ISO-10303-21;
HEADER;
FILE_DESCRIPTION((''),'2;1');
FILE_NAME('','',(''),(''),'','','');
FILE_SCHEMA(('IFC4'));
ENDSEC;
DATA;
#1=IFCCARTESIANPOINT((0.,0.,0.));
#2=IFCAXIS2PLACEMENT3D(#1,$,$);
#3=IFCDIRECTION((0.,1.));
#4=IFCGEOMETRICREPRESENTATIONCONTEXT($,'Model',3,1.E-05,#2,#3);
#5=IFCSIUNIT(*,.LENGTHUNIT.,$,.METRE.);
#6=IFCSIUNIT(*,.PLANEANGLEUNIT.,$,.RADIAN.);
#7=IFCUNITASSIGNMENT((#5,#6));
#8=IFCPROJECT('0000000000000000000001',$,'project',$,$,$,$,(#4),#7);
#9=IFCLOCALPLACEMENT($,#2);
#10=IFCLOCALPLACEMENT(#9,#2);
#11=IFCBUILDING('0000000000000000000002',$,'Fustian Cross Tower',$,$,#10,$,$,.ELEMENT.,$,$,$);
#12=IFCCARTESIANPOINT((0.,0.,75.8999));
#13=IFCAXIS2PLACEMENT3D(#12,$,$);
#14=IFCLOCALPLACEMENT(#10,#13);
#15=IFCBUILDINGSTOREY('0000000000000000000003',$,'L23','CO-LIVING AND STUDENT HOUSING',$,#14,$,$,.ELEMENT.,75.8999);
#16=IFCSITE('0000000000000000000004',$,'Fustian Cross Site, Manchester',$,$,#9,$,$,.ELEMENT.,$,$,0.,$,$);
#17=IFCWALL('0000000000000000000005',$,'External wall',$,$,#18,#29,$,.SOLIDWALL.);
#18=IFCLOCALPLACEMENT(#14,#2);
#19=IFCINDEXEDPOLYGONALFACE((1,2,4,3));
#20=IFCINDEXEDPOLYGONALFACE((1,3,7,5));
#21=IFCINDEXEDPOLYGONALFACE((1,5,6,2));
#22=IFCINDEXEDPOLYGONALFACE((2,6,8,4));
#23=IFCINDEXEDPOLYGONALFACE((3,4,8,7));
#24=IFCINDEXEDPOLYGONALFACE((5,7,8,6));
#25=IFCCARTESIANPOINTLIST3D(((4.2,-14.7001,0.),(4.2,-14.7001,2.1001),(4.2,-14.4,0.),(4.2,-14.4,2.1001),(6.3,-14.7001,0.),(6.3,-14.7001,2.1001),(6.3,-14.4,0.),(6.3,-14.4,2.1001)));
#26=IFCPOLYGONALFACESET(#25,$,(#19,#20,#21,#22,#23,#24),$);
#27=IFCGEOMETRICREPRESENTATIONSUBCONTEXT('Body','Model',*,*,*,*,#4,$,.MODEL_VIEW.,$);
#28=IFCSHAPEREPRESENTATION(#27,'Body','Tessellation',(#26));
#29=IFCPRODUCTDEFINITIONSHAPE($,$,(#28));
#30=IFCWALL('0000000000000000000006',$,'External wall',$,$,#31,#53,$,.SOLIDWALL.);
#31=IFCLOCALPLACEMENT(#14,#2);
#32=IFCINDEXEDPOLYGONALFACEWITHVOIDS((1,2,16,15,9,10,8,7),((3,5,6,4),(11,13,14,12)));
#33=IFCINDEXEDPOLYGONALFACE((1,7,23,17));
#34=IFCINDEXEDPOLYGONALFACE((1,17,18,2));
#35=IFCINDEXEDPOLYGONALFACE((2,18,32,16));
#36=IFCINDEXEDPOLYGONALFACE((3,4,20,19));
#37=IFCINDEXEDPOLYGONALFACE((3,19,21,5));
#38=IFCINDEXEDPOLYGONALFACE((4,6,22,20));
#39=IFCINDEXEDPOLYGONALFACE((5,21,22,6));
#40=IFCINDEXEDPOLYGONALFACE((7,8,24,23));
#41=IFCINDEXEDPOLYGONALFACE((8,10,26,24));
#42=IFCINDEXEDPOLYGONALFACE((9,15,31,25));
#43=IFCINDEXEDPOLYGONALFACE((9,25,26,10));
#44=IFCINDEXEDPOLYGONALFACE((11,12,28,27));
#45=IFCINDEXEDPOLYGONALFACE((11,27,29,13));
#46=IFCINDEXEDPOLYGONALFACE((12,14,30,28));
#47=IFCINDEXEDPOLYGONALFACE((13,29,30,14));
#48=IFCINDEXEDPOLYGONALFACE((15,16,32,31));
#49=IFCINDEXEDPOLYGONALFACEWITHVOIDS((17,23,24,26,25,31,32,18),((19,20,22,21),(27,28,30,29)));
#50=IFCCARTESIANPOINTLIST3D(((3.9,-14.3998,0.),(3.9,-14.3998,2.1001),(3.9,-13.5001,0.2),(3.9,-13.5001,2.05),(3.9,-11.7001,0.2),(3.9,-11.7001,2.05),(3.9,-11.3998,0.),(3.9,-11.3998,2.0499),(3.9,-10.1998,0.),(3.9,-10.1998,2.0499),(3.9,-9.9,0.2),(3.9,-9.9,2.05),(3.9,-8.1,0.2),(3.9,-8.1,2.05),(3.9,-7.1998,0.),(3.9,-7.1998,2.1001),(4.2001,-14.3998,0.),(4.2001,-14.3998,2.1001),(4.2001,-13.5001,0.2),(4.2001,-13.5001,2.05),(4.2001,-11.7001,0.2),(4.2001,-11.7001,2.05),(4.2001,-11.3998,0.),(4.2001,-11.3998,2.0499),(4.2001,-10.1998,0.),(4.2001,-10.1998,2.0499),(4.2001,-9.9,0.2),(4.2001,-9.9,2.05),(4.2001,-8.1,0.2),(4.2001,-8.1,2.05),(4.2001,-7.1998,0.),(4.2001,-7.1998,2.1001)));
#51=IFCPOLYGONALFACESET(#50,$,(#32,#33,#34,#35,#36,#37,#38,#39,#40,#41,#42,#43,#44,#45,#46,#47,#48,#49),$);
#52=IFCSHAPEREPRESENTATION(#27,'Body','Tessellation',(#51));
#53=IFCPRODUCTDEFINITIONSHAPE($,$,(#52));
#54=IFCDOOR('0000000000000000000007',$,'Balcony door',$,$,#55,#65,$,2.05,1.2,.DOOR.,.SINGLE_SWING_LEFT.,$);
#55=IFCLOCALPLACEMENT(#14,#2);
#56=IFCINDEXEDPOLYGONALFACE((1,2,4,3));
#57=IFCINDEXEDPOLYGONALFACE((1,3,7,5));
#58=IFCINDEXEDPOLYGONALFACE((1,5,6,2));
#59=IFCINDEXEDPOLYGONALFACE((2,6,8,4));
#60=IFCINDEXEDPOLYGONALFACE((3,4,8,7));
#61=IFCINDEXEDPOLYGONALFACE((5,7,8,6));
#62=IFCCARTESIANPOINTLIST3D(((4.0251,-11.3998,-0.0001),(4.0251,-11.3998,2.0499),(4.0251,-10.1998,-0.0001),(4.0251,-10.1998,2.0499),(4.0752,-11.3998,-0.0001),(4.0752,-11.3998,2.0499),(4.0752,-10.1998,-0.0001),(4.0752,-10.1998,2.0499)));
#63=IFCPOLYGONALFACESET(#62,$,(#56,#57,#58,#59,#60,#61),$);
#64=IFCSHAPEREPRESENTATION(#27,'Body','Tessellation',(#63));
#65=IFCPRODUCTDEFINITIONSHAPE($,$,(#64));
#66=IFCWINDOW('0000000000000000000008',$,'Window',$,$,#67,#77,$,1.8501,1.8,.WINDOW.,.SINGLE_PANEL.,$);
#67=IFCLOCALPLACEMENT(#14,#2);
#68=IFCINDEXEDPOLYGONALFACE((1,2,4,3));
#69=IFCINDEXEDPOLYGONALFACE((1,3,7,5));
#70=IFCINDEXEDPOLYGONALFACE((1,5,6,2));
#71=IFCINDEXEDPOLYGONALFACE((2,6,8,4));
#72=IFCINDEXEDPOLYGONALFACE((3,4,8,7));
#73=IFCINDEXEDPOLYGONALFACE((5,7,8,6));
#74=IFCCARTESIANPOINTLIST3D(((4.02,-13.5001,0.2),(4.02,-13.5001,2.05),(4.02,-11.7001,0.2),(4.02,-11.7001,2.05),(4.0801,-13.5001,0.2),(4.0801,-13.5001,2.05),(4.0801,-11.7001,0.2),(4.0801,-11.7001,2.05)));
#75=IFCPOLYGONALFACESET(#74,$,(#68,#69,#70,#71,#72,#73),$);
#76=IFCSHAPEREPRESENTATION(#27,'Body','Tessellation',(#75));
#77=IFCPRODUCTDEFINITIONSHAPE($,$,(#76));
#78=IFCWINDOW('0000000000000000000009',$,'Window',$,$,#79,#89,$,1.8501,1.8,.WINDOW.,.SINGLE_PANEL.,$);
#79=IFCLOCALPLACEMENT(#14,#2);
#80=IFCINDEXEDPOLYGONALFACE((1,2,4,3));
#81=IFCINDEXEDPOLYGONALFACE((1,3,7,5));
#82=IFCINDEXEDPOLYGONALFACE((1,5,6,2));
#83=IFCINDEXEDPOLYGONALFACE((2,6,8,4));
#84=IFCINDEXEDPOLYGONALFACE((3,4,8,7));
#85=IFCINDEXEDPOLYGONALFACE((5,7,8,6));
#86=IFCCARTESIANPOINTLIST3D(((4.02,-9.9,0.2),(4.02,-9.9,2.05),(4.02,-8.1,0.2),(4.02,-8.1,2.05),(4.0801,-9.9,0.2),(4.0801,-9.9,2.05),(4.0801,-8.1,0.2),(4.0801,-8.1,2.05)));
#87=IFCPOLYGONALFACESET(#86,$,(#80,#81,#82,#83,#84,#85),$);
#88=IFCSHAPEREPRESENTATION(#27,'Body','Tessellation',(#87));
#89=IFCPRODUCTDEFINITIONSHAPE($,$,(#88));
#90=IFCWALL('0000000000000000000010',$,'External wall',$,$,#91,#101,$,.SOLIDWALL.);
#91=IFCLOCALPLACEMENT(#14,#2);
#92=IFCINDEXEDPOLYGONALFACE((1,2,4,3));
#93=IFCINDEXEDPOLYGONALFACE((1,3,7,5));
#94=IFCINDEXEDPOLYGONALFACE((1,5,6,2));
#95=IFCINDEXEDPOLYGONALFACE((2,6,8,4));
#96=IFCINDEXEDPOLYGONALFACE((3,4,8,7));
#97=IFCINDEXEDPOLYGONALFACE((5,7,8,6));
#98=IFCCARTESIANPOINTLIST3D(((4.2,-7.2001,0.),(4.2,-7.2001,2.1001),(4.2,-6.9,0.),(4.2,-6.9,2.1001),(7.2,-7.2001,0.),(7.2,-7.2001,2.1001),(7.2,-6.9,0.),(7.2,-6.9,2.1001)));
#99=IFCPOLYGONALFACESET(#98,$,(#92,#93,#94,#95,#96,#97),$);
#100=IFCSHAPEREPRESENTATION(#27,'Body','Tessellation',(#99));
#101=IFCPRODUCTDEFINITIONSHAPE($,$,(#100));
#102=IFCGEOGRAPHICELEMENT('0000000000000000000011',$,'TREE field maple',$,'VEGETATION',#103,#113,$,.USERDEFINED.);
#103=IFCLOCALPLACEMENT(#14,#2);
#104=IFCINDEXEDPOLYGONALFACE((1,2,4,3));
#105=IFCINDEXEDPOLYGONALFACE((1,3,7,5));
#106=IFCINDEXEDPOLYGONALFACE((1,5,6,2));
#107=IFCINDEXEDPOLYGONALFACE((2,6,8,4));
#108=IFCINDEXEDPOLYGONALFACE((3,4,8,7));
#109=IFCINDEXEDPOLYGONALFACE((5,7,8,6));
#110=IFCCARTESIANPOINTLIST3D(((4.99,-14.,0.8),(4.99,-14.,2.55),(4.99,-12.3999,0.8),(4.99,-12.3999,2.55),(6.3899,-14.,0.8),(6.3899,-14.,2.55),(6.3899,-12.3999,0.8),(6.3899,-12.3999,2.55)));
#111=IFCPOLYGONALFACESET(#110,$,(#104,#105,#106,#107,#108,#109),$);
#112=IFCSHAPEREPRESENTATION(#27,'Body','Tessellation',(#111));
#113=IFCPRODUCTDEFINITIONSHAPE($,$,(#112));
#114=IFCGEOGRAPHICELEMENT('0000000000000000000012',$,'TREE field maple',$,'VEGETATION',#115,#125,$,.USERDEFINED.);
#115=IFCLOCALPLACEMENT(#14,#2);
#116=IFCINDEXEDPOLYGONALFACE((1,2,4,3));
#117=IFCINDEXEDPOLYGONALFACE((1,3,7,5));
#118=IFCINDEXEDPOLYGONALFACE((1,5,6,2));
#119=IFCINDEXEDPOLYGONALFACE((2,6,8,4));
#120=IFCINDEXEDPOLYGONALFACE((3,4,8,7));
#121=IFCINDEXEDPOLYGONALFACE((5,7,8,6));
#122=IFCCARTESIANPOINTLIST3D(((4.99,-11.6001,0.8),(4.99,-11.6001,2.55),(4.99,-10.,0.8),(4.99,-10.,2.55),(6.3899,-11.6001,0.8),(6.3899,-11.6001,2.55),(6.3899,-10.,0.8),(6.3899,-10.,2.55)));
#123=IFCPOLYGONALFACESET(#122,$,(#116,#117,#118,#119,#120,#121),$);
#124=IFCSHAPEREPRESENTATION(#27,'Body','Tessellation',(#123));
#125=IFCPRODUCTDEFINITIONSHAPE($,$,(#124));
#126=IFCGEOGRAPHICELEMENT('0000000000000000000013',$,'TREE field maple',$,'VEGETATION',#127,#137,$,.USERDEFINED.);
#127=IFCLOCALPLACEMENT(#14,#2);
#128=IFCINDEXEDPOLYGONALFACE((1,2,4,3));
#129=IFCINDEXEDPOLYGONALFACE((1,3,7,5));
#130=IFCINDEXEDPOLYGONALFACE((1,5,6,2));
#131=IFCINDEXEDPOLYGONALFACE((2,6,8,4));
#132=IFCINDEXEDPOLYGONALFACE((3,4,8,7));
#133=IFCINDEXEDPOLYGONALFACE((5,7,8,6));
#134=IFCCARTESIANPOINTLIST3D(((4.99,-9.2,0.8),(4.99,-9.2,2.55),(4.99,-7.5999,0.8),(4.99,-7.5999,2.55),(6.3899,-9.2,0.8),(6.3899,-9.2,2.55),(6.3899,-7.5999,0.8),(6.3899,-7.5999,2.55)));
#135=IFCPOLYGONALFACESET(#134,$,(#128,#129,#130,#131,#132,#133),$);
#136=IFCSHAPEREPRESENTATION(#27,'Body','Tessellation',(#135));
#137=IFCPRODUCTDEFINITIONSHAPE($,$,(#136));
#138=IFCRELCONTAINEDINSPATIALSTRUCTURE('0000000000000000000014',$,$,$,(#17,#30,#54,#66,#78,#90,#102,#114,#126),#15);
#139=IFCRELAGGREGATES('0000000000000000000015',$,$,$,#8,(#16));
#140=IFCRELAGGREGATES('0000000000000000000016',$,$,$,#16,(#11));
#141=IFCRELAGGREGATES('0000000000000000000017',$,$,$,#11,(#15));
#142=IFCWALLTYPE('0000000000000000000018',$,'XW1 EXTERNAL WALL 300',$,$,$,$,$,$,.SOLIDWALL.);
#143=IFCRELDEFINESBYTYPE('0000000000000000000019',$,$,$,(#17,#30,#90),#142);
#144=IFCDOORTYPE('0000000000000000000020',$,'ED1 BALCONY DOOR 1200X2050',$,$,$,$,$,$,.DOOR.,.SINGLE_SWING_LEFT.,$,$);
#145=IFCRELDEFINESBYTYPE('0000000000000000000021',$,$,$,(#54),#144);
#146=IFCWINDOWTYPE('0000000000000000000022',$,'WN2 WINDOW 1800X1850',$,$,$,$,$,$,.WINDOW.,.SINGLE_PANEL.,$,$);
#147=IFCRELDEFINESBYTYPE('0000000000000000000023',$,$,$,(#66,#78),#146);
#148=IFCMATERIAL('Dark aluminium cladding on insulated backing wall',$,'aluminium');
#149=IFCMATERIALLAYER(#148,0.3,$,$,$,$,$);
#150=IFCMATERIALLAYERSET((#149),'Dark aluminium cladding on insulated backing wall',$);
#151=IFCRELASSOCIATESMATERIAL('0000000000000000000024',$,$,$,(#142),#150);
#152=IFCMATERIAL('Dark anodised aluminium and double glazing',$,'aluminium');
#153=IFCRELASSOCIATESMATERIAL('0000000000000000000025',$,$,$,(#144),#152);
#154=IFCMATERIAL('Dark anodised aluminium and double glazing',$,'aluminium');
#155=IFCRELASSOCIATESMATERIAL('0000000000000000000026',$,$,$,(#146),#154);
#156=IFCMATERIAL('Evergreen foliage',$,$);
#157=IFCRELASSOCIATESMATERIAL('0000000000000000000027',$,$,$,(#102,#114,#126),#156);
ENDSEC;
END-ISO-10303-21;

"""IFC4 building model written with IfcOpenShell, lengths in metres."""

from ifc_helpers import new_model, si_unit, direction, frame, frame_2d, origin, origin_2d, place, context, subcontext, project, spatial, rectangle, extrude, material, layer, layer_set, type_object, element, fill, save


model = new_model("IFC4")

# Units and contexts
model_context = context("Model", 3, precision=1e-05, world=origin(), true_north=direction((0.0, 1.0)))
body_context = subcontext(model_context, "Body", "Model", "MODEL_VIEW")
ifc_project = project(units=[si_unit("LENGTHUNIT", "METRE"), si_unit("PLANEANGLEUNIT", "RADIAN")], contexts=[model_context])

# Site, building, storey
site_placement = place(None, origin())
site = spatial("IfcSite", under=ifc_project, at=site_placement, Name="Fustian Cross Site, Manchester", CompositionType="ELEMENT", RefElevation=0.0)
building_placement = place(site_placement, origin())
building = spatial("IfcBuilding", under=site, at=building_placement, Name="Fustian Cross Tower", CompositionType="ELEMENT")
storey_placement = place(building_placement, frame((0.0, 0.0, 75.8999)))
storey = spatial("IfcBuildingStorey", under=building, at=storey_placement, Name="L23", Description="CO-LIVING AND STUDENT HOUSING", CompositionType="ELEMENT", Elevation=75.8999)

# Wall
ifc_material_1 = material(Name="Dark aluminium cladding on insulated backing wall", Category="aluminium")
ifc_layer_1 = layer(ifc_material_1, 0.3)
ifc_layer_set_1 = layer_set([ifc_layer_1], Name="Dark aluminium cladding on insulated backing wall")
wall_type_1 = type_object("IfcWallType", Name="XW1 EXTERNAL WALL 300", PredefinedType="SOLIDWALL", material=ifc_layer_set_1)
wall_1_placement = place(storey_placement, frame((6.3, -14.55, 0.0), z_axis=(0.0, 0.0, 1.0), x_axis=(-1.0, 0.0, 0.0)))
element("IfcWall", 1, at=wall_1_placement, inside=storey, type_object=wall_type_1, Name="External wall", PredefinedType="SOLIDWALL", context=body_context, shape_type="SweptSolid", body=[
    extrude(rectangle(XDim=2.1001, YDim=0.3, at=frame_2d((1.05, 0.0))), origin(), (0.0, 0.0, 1.0), 2.1001),
])

# Wall, openings, door, windows
wall_2_placement = place(storey_placement, frame((4.05, -14.3999, 0.0), z_axis=(0.0, 0.0, 1.0), x_axis=(0.0, 1.0, 0.0)))
wall_2 = element("IfcWall", 2, at=wall_2_placement, inside=storey, type_object=wall_type_1, Name="External wall", PredefinedType="SOLIDWALL", context=body_context, shape_type="SweptSolid", body=[
    extrude(rectangle(XDim=7.2, YDim=0.3, at=frame_2d((3.6001, 0.0))), origin(), (0.0, 0.0, 1.0), 2.1001),
])
opening_1_placement = place(wall_2_placement, frame((3.0, 0.0, 0.0)))
opening_1 = element("IfcOpeningElement", 3, at=opening_1_placement, cuts=wall_2, PredefinedType="OPENING", context=body_context, shape_type="SweptSolid", body=[
    extrude(rectangle(XDim=1.2, YDim=2.05, at=frame_2d((0.6001, 1.0249))), frame((0.0, 0.1599, 0.0), z_axis=(0.0, -1.0, 0.0), x_axis=(1.0, 0.0, 0.0)), (0.0, 0.0, 1.0), 0.3201),
])
opening_2_placement = place(wall_2_placement, frame((0.8999, 0.0, 0.2)))
opening_2 = element("IfcOpeningElement", 4, at=opening_2_placement, cuts=wall_2, PredefinedType="OPENING", context=body_context, shape_type="SweptSolid", body=[
    extrude(rectangle(XDim=1.8, YDim=1.8501, at=frame_2d((0.8999, 0.925))), frame((0.0, 0.1599, 0.0), z_axis=(0.0, -1.0, 0.0), x_axis=(1.0, 0.0, 0.0)), (0.0, 0.0, 1.0), 0.3201),
])
opening_3_placement = place(wall_2_placement, frame((4.5, 0.0, 0.2)))
opening_3 = element("IfcOpeningElement", 5, at=opening_3_placement, cuts=wall_2, PredefinedType="OPENING", context=body_context, shape_type="SweptSolid", body=[
    extrude(rectangle(XDim=1.8, YDim=1.8501, at=frame_2d((0.8999, 0.925))), frame((0.0, 0.1599, 0.0), z_axis=(0.0, -1.0, 0.0), x_axis=(1.0, 0.0, 0.0)), (0.0, 0.0, 1.0), 0.3201),
])
ifc_material_2 = material(Name="Dark anodised aluminium and double glazing", Category="aluminium")
door_type = type_object("IfcDoorType", Name="ED1 BALCONY DOOR 1200X2050", OperationType="SINGLE_SWING_LEFT", PredefinedType="DOOR", material=ifc_material_2)
door_placement = place(opening_1_placement, origin())
door = element("IfcDoor", 6, at=door_placement, inside=storey, type_object=door_type, Name="Balcony door", OperationType="SINGLE_SWING_LEFT", OverallHeight=2.05, OverallWidth=1.2, PredefinedType="DOOR", context=body_context, shape_type="SweptSolid", body=[
    extrude(rectangle(XDim=1.2, YDim=2.05, at=frame_2d((0.6001, 1.0249))), frame((0.0, 0.0249, 0.0), z_axis=(0.0, -1.0, 0.0), x_axis=(1.0, 0.0, 0.0)), (0.0, 0.0, 1.0), 0.05),
])
fill(opening_1, door)
ifc_material_3 = material(Name="Dark anodised aluminium and double glazing", Category="aluminium")
window_type = type_object("IfcWindowType", Name="WN2 WINDOW 1800X1850", PartitioningType="SINGLE_PANEL", PredefinedType="WINDOW", material=ifc_material_3)
window_1_placement = place(opening_2_placement, origin())
window_1 = element("IfcWindow", 7, at=window_1_placement, inside=storey, type_object=window_type, Name="Window", OverallHeight=1.8501, OverallWidth=1.8, PartitioningType="SINGLE_PANEL", PredefinedType="WINDOW", context=body_context, shape_type="SweptSolid", body=[
    extrude(rectangle(XDim=1.8, YDim=1.8501, at=frame_2d((0.8999, 0.925))), frame((0.0, 0.03, 0.0), z_axis=(0.0, -1.0, 0.0), x_axis=(1.0, 0.0, 0.0)), (0.0, 0.0, 1.0), 0.0601),
])
fill(opening_2, window_1)
window_2_placement = place(opening_3_placement, origin())
window_2 = element("IfcWindow", 8, at=window_2_placement, inside=storey, type_object=window_type, Name="Window", OverallHeight=1.8501, OverallWidth=1.8, PartitioningType="SINGLE_PANEL", PredefinedType="WINDOW", context=body_context, shape_type="SweptSolid", body=[
    extrude(rectangle(XDim=1.8, YDim=1.8501, at=frame_2d((0.8999, 0.925))), frame((0.0, 0.03, 0.0), z_axis=(0.0, -1.0, 0.0), x_axis=(1.0, 0.0, 0.0)), (0.0, 0.0, 1.0), 0.0601),
])
fill(opening_3, window_2)

# Wall
wall_3_placement = place(storey_placement, frame((4.2, -7.05, 0.0), z_axis=(0.0, 0.0, 1.0), x_axis=(1.0, 0.0, 0.0)))
element("IfcWall", 9, at=wall_3_placement, inside=storey, type_object=wall_type_1, Name="External wall", PredefinedType="SOLIDWALL", context=body_context, shape_type="SweptSolid", body=[
    extrude(rectangle(XDim=3.0, YDim=0.3, at=frame_2d((1.5, 0.0))), origin(), (0.0, 0.0, 1.0), 2.1001),
])

# Geographic elements
ifc_material_4 = material(Name="Evergreen foliage")
for number, where, z_axis, x_axis, name in (
    (10, (5.6899, -13.2, 0.8), (0.0, 0.0, 1.0), (1.0, 0.0, 0.0), "TREE field maple"),
    (11, (5.6899, -10.8, 0.8), (0.0, 0.0, 1.0), (1.0, 0.0, 0.0), "TREE field maple"),
    (12, (5.6899, -8.3999, 0.8), (0.0, 0.0, 1.0), (1.0, 0.0, 0.0), "TREE field maple"),
):
    element("IfcGeographicElement", number, at=place(storey_placement, frame(where, z_axis=z_axis, x_axis=x_axis)), inside=storey, material=ifc_material_4, Name=name, ObjectType="VEGETATION", PredefinedType="USERDEFINED", context=body_context, shape_type="SweptSolid", body=[
        extrude(rectangle(XDim=1.3999, YDim=1.6001, at=origin_2d()), origin(), (0.0, 0.0, 1.0), 1.75),
    ])

save(model, "model.ifc")
